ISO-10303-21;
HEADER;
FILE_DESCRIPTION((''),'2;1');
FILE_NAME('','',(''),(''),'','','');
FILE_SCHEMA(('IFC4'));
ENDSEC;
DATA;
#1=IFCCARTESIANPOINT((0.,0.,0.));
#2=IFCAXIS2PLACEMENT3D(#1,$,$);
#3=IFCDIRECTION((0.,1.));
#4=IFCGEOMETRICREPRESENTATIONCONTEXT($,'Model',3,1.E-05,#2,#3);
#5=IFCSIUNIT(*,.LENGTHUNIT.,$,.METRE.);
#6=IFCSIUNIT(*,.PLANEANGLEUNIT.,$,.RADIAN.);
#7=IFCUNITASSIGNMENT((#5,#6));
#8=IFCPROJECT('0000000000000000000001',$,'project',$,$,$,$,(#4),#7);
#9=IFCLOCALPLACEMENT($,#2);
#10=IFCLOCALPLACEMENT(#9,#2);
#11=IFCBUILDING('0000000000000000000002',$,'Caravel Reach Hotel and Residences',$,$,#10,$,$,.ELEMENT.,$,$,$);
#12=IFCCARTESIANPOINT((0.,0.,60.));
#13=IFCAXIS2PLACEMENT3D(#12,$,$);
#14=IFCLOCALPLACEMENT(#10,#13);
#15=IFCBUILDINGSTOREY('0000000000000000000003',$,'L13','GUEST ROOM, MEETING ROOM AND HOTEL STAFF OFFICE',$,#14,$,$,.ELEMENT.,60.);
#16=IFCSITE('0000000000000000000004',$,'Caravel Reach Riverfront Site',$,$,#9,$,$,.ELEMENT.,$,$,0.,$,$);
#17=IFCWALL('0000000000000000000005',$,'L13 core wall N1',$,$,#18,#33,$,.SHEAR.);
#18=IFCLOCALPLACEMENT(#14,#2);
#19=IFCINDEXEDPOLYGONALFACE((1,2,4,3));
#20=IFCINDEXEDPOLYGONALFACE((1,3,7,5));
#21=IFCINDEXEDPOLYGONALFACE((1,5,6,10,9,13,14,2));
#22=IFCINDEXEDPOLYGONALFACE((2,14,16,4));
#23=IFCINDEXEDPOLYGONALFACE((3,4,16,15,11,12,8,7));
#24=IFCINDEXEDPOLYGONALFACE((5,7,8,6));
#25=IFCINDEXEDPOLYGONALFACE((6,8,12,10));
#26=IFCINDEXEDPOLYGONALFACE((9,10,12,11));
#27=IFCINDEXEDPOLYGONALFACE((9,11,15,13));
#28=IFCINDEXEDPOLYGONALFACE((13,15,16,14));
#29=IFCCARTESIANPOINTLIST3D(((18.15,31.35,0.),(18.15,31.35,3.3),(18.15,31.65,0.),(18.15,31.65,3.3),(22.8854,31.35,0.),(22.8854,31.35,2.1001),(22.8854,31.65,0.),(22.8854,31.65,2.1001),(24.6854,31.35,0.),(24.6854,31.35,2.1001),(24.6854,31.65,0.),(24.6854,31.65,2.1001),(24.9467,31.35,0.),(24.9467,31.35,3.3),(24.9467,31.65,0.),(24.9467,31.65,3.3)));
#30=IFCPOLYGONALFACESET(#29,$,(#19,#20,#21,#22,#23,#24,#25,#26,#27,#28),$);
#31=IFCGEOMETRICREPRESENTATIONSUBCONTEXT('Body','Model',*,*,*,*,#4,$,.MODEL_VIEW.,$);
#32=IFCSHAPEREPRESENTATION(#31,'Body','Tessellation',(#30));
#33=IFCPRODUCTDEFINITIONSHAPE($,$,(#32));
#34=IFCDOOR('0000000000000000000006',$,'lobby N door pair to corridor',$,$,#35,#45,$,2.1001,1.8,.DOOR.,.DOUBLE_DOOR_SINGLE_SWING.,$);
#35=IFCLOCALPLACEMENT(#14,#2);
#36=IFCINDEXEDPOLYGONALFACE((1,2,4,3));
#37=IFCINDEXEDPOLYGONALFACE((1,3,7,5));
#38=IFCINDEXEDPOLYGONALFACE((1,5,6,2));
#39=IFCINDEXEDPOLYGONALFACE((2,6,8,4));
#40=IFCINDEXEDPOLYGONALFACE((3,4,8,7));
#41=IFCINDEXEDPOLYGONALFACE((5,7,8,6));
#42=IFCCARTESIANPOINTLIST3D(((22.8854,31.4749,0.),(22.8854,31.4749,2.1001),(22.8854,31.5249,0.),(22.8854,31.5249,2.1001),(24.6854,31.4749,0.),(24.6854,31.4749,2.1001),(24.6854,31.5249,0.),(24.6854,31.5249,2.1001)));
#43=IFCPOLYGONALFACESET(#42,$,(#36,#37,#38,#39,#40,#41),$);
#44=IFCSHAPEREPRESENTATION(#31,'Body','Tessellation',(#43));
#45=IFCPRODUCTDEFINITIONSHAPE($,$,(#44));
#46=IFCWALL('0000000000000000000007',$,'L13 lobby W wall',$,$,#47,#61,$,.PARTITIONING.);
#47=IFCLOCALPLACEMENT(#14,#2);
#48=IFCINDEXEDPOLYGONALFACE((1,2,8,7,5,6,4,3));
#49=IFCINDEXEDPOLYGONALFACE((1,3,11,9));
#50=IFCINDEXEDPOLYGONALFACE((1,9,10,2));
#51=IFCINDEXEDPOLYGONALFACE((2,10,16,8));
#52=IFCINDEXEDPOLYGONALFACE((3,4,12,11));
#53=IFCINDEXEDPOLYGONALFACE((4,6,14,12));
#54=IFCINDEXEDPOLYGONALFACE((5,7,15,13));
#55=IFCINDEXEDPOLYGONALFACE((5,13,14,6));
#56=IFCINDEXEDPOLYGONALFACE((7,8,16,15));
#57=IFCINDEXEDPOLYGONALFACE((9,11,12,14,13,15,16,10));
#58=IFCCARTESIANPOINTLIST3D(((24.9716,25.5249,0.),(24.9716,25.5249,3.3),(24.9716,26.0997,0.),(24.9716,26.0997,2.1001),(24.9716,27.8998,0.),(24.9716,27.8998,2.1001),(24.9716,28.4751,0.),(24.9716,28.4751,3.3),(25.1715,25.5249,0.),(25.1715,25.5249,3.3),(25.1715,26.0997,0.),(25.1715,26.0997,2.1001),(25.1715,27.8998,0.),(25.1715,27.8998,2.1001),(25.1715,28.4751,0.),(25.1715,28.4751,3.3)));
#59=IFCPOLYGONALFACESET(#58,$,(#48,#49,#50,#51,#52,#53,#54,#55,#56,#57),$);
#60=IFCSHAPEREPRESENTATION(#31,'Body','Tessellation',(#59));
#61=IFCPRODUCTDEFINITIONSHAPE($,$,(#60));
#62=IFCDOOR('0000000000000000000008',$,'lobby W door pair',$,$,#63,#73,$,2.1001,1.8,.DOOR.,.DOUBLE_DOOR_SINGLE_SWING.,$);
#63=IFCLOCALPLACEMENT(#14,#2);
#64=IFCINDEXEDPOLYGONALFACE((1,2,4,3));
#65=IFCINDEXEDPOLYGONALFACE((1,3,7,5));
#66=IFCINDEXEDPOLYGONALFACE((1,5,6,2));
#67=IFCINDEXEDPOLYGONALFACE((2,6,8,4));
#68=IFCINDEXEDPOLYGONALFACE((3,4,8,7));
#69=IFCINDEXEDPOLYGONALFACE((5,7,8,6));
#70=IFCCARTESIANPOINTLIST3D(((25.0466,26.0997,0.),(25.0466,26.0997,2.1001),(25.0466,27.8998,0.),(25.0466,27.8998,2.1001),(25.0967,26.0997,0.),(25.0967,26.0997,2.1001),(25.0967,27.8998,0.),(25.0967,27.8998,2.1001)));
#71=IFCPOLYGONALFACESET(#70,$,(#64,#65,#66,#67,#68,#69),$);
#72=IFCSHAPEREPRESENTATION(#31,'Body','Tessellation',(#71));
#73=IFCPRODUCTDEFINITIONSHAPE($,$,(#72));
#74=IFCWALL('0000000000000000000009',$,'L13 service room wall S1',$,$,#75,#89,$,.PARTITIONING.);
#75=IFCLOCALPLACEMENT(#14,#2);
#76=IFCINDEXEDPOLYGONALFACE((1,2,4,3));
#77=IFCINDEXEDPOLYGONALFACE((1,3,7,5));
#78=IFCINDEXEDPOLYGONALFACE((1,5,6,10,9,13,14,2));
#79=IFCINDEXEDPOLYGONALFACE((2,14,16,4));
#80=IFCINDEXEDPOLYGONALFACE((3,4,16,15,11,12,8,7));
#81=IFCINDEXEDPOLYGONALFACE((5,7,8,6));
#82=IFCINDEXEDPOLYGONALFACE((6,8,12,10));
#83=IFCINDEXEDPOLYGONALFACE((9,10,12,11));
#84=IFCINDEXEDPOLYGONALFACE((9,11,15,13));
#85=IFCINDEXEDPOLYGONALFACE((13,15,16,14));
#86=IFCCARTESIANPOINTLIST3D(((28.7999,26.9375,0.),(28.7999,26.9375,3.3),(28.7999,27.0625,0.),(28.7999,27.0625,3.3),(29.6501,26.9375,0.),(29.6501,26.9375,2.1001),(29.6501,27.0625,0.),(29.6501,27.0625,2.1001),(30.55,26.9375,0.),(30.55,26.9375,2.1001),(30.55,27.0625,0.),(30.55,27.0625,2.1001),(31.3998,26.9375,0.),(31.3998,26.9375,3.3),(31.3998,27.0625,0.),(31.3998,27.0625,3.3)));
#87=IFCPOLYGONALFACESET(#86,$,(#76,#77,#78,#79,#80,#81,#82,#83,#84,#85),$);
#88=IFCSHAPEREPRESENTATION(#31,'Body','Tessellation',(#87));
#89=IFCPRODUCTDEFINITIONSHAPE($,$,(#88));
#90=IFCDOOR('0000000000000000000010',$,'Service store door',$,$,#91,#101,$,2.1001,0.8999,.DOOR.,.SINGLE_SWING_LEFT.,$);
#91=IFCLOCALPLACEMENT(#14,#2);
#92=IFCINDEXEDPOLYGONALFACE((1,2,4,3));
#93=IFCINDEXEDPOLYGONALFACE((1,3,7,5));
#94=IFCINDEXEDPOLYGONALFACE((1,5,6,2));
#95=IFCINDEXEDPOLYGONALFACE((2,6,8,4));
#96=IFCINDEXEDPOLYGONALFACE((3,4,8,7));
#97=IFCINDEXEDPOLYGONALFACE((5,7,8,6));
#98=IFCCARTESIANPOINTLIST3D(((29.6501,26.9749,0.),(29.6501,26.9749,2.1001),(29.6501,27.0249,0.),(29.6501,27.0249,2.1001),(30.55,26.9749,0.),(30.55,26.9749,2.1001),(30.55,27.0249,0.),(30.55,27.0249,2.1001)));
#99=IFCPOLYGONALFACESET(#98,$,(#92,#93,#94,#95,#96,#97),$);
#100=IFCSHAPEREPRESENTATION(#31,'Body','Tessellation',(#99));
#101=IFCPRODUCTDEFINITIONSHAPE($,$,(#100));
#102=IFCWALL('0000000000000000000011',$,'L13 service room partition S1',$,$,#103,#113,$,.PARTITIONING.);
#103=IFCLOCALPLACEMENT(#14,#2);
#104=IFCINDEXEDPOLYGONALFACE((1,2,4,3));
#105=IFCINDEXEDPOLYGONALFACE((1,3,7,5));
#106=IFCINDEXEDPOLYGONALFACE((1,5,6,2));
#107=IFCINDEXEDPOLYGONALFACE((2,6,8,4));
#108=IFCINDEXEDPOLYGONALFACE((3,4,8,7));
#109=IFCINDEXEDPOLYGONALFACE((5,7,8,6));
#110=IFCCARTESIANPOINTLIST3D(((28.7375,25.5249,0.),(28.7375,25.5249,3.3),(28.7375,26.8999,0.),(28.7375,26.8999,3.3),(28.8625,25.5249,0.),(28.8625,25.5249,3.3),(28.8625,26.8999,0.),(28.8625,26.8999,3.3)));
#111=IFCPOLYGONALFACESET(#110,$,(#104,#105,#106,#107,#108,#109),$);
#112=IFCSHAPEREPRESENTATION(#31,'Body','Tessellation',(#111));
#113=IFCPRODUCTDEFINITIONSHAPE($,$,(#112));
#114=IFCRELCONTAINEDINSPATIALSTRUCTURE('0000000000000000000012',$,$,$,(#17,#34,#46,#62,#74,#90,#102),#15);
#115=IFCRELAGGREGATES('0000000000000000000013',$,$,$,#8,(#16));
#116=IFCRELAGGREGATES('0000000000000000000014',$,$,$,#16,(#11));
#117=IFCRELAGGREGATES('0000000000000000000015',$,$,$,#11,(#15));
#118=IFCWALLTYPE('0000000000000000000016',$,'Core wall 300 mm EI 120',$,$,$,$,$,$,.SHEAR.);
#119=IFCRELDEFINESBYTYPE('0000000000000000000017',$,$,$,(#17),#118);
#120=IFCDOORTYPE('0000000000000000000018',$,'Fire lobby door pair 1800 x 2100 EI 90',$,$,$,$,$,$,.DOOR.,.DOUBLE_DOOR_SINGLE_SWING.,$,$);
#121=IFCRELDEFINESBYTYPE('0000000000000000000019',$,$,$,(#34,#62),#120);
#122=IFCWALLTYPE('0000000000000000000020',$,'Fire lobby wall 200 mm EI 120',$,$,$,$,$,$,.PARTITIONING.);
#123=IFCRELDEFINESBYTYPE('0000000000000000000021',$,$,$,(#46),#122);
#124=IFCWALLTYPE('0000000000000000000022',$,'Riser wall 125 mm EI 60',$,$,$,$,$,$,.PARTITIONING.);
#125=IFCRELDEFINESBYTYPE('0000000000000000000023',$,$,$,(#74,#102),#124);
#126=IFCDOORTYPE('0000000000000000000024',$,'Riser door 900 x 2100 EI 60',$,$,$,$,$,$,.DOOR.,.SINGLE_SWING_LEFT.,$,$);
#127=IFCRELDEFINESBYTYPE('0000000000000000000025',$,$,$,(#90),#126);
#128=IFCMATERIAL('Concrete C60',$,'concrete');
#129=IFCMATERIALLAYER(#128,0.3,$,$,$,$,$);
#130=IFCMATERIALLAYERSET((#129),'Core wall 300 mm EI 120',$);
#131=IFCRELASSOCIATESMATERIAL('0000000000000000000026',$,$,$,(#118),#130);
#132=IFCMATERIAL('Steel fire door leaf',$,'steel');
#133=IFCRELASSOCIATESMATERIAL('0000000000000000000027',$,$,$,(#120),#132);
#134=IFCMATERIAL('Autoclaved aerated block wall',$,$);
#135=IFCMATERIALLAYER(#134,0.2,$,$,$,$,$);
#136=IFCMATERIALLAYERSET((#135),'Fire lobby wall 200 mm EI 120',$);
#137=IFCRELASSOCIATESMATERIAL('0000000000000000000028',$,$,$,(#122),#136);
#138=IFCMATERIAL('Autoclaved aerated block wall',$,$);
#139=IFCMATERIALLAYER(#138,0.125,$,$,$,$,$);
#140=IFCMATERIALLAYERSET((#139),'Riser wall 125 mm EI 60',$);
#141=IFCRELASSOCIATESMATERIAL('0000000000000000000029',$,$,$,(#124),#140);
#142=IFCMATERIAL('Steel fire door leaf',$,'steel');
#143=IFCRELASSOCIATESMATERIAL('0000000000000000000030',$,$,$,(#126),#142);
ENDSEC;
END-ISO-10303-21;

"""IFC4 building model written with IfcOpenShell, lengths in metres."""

from ifc_helpers import new_model, si_unit, direction, frame, frame_2d, origin, place, context, subcontext, project, spatial, rectangle, extrude, material, layer, layer_set, type_object, element, fill, save


model = new_model("IFC4")

# Units and contexts
model_context = context("Model", 3, precision=1e-05, world=origin(), true_north=direction((0.0, 1.0)))
body_context = subcontext(model_context, "Body", "Model", "MODEL_VIEW")
ifc_project = project(units=[si_unit("LENGTHUNIT", "METRE"), si_unit("PLANEANGLEUNIT", "RADIAN")], contexts=[model_context])

# Site, building, storey
site_placement = place(None, origin())
site = spatial("IfcSite", under=ifc_project, at=site_placement, Name="Caravel Reach Riverfront Site", CompositionType="ELEMENT", RefElevation=0.0)
building_placement = place(site_placement, origin())
building = spatial("IfcBuilding", under=site, at=building_placement, Name="Caravel Reach Hotel and Residences", CompositionType="ELEMENT")
storey_placement = place(building_placement, frame((0.0, 0.0, 60.0)))
storey = spatial("IfcBuildingStorey", under=building, at=storey_placement, Name="L13", Description="GUEST ROOM, MEETING ROOM AND HOTEL STAFF OFFICE", CompositionType="ELEMENT", Elevation=60.0)

# Walls, openings, doors
ifc_material_1 = material(Name="Concrete C60", Category="concrete")
ifc_layer_1 = layer(ifc_material_1, 0.3)
ifc_layer_set_1 = layer_set([ifc_layer_1], Name="Core wall 300 mm EI 120")
wall_type_1 = type_object("IfcWallType", Name="Core wall 300 mm EI 120", PredefinedType="SHEAR", material=ifc_layer_set_1)
wall_1_placement = place(storey_placement, frame((18.1499, 31.5, 0.0), z_axis=(0.0, 0.0, 1.0), x_axis=(1.0, 0.0, 0.0)))
wall_1 = element("IfcWall", 1, at=wall_1_placement, inside=storey, type_object=wall_type_1, Name="L13 core wall N1", PredefinedType="SHEAR", context=body_context, shape_type="SweptSolid", body=[
    extrude(rectangle(XDim=6.7966, YDim=0.3, at=frame_2d((3.3984, 0.0))), origin(), (0.0, 0.0, 1.0), 3.3),
])
opening_1_placement = place(wall_1_placement, frame((4.7356, 0.0, 0.0)))
opening_1 = element("IfcOpeningElement", 2, at=opening_1_placement, cuts=wall_1, PredefinedType="OPENING", context=body_context, shape_type="SweptSolid", body=[
    extrude(rectangle(XDim=1.8, YDim=2.1001, at=frame_2d((0.8999, 1.05))), frame((0.0, 0.1599, 0.0), z_axis=(0.0, -1.0, 0.0), x_axis=(1.0, 0.0, 0.0)), (0.0, 0.0, 1.0), 0.3201),
])
ifc_material_2 = material(Name="Steel fire door leaf", Category="steel")
door_type_1 = type_object("IfcDoorType", Name="Fire lobby door pair 1800 x 2100 EI 90", OperationType="DOUBLE_DOOR_SINGLE_SWING", PredefinedType="DOOR", material=ifc_material_2)
door_1_placement = place(opening_1_placement, origin())
door_1 = element("IfcDoor", 3, at=door_1_placement, inside=storey, type_object=door_type_1, Name="lobby N door pair to corridor", OperationType="DOUBLE_DOOR_SINGLE_SWING", OverallHeight=2.1001, OverallWidth=1.8, PredefinedType="DOOR", context=body_context, shape_type="SweptSolid", body=[
    extrude(rectangle(XDim=1.8, YDim=2.1001, at=frame_2d((0.8999, 1.05))), frame((0.0, 0.0249, 0.0), z_axis=(0.0, -1.0, 0.0), x_axis=(1.0, 0.0, 0.0)), (0.0, 0.0, 1.0), 0.05),
])
fill(opening_1, door_1)
ifc_material_3 = material(Name="Autoclaved aerated block wall")
ifc_layer_2 = layer(ifc_material_3, 0.2)
ifc_layer_set_2 = layer_set([ifc_layer_2], Name="Fire lobby wall 200 mm EI 120")
wall_type_2 = type_object("IfcWallType", Name="Fire lobby wall 200 mm EI 120", PredefinedType="PARTITIONING", material=ifc_layer_set_2)
wall_2_placement = place(storey_placement, frame((25.0715, 25.5249, 0.0), z_axis=(0.0, 0.0, 1.0), x_axis=(0.0, 1.0, 0.0)))
wall_2 = element("IfcWall", 4, at=wall_2_placement, inside=storey, type_object=wall_type_2, Name="L13 lobby W wall", PredefinedType="PARTITIONING", context=body_context, shape_type="SweptSolid", body=[
    extrude(rectangle(XDim=2.9502, YDim=0.2, at=frame_2d((1.4751, 0.0))), origin(), (0.0, 0.0, 1.0), 3.3),
])
opening_2_placement = place(wall_2_placement, frame((0.575, 0.0, 0.0)))
opening_2 = element("IfcOpeningElement", 5, at=opening_2_placement, cuts=wall_2, PredefinedType="OPENING", context=body_context, shape_type="SweptSolid", body=[
    extrude(rectangle(XDim=1.8, YDim=2.1001, at=frame_2d((0.8999, 1.05))), frame((0.0, 0.1099, 0.0), z_axis=(0.0, -1.0, 0.0), x_axis=(1.0, 0.0, 0.0)), (0.0, 0.0, 1.0), 0.22),
])
door_2_placement = place(opening_2_placement, origin())
door_2 = element("IfcDoor", 6, at=door_2_placement, inside=storey, type_object=door_type_1, Name="lobby W door pair", OperationType="DOUBLE_DOOR_SINGLE_SWING", OverallHeight=2.1001, OverallWidth=1.8, PredefinedType="DOOR", context=body_context, shape_type="SweptSolid", body=[
    extrude(rectangle(XDim=1.8, YDim=2.1001, at=frame_2d((0.8999, 1.05))), frame((0.0, 0.0249, 0.0), z_axis=(0.0, -1.0, 0.0), x_axis=(1.0, 0.0, 0.0)), (0.0, 0.0, 1.0), 0.05),
])
fill(opening_2, door_2)
ifc_material_4 = material(Name="Autoclaved aerated block wall")
ifc_layer_3 = layer(ifc_material_4, 0.125)
ifc_layer_set_3 = layer_set([ifc_layer_3], Name="Riser wall 125 mm EI 60")
wall_type_3 = type_object("IfcWallType", Name="Riser wall 125 mm EI 60", PredefinedType="PARTITIONING", material=ifc_layer_set_3)
wall_3_placement = place(storey_placement, frame((28.8, 27.0, 0.0), z_axis=(0.0, 0.0, 1.0), x_axis=(1.0, 0.0, 0.0)))
wall_3 = element("IfcWall", 7, at=wall_3_placement, inside=storey, type_object=wall_type_3, Name="L13 service room wall S1", PredefinedType="PARTITIONING", context=body_context, shape_type="SweptSolid", body=[
    extrude(rectangle(XDim=2.5999, YDim=0.125, at=frame_2d((1.2998, 0.0))), origin(), (0.0, 0.0, 1.0), 3.3),
])
opening_3_placement = place(wall_3_placement, frame((0.8501, 0.0, 0.0)))
opening_3 = element("IfcOpeningElement", 8, at=opening_3_placement, cuts=wall_3, PredefinedType="OPENING", context=body_context, shape_type="SweptSolid", body=[
    extrude(rectangle(XDim=0.8999, YDim=2.1001, at=frame_2d((0.45, 1.05))), frame((0.0, 0.0725, 0.0), z_axis=(0.0, -1.0, 0.0), x_axis=(1.0, 0.0, 0.0)), (0.0, 0.0, 1.0), 0.145),
])
ifc_material_5 = material(Name="Steel fire door leaf", Category="steel")
door_type_2 = type_object("IfcDoorType", Name="Riser door 900 x 2100 EI 60", OperationType="SINGLE_SWING_LEFT", PredefinedType="DOOR", material=ifc_material_5)
door_3_placement = place(opening_3_placement, origin())
door_3 = element("IfcDoor", 9, at=door_3_placement, inside=storey, type_object=door_type_2, Name="Service store door", OperationType="SINGLE_SWING_LEFT", OverallHeight=2.1001, OverallWidth=0.8999, PredefinedType="DOOR", context=body_context, shape_type="SweptSolid", body=[
    extrude(rectangle(XDim=0.8999, YDim=2.1001, at=frame_2d((0.45, 1.05))), frame((0.0, 0.0249, 0.0), z_axis=(0.0, -1.0, 0.0), x_axis=(1.0, 0.0, 0.0)), (0.0, 0.0, 1.0), 0.05),
])
fill(opening_3, door_3)

# Wall
wall_4_placement = place(storey_placement, frame((28.8, 25.5249, 0.0), z_axis=(0.0, 0.0, 1.0), x_axis=(0.0, 1.0, 0.0)))
element("IfcWall", 10, at=wall_4_placement, inside=storey, type_object=wall_type_3, Name="L13 service room partition S1", PredefinedType="PARTITIONING", context=body_context, shape_type="SweptSolid", body=[
    extrude(rectangle(XDim=1.375, YDim=0.125, at=frame_2d((0.6875, 0.0))), origin(), (0.0, 0.0, 1.0), 3.3),
])

save(model, "model.ifc")
